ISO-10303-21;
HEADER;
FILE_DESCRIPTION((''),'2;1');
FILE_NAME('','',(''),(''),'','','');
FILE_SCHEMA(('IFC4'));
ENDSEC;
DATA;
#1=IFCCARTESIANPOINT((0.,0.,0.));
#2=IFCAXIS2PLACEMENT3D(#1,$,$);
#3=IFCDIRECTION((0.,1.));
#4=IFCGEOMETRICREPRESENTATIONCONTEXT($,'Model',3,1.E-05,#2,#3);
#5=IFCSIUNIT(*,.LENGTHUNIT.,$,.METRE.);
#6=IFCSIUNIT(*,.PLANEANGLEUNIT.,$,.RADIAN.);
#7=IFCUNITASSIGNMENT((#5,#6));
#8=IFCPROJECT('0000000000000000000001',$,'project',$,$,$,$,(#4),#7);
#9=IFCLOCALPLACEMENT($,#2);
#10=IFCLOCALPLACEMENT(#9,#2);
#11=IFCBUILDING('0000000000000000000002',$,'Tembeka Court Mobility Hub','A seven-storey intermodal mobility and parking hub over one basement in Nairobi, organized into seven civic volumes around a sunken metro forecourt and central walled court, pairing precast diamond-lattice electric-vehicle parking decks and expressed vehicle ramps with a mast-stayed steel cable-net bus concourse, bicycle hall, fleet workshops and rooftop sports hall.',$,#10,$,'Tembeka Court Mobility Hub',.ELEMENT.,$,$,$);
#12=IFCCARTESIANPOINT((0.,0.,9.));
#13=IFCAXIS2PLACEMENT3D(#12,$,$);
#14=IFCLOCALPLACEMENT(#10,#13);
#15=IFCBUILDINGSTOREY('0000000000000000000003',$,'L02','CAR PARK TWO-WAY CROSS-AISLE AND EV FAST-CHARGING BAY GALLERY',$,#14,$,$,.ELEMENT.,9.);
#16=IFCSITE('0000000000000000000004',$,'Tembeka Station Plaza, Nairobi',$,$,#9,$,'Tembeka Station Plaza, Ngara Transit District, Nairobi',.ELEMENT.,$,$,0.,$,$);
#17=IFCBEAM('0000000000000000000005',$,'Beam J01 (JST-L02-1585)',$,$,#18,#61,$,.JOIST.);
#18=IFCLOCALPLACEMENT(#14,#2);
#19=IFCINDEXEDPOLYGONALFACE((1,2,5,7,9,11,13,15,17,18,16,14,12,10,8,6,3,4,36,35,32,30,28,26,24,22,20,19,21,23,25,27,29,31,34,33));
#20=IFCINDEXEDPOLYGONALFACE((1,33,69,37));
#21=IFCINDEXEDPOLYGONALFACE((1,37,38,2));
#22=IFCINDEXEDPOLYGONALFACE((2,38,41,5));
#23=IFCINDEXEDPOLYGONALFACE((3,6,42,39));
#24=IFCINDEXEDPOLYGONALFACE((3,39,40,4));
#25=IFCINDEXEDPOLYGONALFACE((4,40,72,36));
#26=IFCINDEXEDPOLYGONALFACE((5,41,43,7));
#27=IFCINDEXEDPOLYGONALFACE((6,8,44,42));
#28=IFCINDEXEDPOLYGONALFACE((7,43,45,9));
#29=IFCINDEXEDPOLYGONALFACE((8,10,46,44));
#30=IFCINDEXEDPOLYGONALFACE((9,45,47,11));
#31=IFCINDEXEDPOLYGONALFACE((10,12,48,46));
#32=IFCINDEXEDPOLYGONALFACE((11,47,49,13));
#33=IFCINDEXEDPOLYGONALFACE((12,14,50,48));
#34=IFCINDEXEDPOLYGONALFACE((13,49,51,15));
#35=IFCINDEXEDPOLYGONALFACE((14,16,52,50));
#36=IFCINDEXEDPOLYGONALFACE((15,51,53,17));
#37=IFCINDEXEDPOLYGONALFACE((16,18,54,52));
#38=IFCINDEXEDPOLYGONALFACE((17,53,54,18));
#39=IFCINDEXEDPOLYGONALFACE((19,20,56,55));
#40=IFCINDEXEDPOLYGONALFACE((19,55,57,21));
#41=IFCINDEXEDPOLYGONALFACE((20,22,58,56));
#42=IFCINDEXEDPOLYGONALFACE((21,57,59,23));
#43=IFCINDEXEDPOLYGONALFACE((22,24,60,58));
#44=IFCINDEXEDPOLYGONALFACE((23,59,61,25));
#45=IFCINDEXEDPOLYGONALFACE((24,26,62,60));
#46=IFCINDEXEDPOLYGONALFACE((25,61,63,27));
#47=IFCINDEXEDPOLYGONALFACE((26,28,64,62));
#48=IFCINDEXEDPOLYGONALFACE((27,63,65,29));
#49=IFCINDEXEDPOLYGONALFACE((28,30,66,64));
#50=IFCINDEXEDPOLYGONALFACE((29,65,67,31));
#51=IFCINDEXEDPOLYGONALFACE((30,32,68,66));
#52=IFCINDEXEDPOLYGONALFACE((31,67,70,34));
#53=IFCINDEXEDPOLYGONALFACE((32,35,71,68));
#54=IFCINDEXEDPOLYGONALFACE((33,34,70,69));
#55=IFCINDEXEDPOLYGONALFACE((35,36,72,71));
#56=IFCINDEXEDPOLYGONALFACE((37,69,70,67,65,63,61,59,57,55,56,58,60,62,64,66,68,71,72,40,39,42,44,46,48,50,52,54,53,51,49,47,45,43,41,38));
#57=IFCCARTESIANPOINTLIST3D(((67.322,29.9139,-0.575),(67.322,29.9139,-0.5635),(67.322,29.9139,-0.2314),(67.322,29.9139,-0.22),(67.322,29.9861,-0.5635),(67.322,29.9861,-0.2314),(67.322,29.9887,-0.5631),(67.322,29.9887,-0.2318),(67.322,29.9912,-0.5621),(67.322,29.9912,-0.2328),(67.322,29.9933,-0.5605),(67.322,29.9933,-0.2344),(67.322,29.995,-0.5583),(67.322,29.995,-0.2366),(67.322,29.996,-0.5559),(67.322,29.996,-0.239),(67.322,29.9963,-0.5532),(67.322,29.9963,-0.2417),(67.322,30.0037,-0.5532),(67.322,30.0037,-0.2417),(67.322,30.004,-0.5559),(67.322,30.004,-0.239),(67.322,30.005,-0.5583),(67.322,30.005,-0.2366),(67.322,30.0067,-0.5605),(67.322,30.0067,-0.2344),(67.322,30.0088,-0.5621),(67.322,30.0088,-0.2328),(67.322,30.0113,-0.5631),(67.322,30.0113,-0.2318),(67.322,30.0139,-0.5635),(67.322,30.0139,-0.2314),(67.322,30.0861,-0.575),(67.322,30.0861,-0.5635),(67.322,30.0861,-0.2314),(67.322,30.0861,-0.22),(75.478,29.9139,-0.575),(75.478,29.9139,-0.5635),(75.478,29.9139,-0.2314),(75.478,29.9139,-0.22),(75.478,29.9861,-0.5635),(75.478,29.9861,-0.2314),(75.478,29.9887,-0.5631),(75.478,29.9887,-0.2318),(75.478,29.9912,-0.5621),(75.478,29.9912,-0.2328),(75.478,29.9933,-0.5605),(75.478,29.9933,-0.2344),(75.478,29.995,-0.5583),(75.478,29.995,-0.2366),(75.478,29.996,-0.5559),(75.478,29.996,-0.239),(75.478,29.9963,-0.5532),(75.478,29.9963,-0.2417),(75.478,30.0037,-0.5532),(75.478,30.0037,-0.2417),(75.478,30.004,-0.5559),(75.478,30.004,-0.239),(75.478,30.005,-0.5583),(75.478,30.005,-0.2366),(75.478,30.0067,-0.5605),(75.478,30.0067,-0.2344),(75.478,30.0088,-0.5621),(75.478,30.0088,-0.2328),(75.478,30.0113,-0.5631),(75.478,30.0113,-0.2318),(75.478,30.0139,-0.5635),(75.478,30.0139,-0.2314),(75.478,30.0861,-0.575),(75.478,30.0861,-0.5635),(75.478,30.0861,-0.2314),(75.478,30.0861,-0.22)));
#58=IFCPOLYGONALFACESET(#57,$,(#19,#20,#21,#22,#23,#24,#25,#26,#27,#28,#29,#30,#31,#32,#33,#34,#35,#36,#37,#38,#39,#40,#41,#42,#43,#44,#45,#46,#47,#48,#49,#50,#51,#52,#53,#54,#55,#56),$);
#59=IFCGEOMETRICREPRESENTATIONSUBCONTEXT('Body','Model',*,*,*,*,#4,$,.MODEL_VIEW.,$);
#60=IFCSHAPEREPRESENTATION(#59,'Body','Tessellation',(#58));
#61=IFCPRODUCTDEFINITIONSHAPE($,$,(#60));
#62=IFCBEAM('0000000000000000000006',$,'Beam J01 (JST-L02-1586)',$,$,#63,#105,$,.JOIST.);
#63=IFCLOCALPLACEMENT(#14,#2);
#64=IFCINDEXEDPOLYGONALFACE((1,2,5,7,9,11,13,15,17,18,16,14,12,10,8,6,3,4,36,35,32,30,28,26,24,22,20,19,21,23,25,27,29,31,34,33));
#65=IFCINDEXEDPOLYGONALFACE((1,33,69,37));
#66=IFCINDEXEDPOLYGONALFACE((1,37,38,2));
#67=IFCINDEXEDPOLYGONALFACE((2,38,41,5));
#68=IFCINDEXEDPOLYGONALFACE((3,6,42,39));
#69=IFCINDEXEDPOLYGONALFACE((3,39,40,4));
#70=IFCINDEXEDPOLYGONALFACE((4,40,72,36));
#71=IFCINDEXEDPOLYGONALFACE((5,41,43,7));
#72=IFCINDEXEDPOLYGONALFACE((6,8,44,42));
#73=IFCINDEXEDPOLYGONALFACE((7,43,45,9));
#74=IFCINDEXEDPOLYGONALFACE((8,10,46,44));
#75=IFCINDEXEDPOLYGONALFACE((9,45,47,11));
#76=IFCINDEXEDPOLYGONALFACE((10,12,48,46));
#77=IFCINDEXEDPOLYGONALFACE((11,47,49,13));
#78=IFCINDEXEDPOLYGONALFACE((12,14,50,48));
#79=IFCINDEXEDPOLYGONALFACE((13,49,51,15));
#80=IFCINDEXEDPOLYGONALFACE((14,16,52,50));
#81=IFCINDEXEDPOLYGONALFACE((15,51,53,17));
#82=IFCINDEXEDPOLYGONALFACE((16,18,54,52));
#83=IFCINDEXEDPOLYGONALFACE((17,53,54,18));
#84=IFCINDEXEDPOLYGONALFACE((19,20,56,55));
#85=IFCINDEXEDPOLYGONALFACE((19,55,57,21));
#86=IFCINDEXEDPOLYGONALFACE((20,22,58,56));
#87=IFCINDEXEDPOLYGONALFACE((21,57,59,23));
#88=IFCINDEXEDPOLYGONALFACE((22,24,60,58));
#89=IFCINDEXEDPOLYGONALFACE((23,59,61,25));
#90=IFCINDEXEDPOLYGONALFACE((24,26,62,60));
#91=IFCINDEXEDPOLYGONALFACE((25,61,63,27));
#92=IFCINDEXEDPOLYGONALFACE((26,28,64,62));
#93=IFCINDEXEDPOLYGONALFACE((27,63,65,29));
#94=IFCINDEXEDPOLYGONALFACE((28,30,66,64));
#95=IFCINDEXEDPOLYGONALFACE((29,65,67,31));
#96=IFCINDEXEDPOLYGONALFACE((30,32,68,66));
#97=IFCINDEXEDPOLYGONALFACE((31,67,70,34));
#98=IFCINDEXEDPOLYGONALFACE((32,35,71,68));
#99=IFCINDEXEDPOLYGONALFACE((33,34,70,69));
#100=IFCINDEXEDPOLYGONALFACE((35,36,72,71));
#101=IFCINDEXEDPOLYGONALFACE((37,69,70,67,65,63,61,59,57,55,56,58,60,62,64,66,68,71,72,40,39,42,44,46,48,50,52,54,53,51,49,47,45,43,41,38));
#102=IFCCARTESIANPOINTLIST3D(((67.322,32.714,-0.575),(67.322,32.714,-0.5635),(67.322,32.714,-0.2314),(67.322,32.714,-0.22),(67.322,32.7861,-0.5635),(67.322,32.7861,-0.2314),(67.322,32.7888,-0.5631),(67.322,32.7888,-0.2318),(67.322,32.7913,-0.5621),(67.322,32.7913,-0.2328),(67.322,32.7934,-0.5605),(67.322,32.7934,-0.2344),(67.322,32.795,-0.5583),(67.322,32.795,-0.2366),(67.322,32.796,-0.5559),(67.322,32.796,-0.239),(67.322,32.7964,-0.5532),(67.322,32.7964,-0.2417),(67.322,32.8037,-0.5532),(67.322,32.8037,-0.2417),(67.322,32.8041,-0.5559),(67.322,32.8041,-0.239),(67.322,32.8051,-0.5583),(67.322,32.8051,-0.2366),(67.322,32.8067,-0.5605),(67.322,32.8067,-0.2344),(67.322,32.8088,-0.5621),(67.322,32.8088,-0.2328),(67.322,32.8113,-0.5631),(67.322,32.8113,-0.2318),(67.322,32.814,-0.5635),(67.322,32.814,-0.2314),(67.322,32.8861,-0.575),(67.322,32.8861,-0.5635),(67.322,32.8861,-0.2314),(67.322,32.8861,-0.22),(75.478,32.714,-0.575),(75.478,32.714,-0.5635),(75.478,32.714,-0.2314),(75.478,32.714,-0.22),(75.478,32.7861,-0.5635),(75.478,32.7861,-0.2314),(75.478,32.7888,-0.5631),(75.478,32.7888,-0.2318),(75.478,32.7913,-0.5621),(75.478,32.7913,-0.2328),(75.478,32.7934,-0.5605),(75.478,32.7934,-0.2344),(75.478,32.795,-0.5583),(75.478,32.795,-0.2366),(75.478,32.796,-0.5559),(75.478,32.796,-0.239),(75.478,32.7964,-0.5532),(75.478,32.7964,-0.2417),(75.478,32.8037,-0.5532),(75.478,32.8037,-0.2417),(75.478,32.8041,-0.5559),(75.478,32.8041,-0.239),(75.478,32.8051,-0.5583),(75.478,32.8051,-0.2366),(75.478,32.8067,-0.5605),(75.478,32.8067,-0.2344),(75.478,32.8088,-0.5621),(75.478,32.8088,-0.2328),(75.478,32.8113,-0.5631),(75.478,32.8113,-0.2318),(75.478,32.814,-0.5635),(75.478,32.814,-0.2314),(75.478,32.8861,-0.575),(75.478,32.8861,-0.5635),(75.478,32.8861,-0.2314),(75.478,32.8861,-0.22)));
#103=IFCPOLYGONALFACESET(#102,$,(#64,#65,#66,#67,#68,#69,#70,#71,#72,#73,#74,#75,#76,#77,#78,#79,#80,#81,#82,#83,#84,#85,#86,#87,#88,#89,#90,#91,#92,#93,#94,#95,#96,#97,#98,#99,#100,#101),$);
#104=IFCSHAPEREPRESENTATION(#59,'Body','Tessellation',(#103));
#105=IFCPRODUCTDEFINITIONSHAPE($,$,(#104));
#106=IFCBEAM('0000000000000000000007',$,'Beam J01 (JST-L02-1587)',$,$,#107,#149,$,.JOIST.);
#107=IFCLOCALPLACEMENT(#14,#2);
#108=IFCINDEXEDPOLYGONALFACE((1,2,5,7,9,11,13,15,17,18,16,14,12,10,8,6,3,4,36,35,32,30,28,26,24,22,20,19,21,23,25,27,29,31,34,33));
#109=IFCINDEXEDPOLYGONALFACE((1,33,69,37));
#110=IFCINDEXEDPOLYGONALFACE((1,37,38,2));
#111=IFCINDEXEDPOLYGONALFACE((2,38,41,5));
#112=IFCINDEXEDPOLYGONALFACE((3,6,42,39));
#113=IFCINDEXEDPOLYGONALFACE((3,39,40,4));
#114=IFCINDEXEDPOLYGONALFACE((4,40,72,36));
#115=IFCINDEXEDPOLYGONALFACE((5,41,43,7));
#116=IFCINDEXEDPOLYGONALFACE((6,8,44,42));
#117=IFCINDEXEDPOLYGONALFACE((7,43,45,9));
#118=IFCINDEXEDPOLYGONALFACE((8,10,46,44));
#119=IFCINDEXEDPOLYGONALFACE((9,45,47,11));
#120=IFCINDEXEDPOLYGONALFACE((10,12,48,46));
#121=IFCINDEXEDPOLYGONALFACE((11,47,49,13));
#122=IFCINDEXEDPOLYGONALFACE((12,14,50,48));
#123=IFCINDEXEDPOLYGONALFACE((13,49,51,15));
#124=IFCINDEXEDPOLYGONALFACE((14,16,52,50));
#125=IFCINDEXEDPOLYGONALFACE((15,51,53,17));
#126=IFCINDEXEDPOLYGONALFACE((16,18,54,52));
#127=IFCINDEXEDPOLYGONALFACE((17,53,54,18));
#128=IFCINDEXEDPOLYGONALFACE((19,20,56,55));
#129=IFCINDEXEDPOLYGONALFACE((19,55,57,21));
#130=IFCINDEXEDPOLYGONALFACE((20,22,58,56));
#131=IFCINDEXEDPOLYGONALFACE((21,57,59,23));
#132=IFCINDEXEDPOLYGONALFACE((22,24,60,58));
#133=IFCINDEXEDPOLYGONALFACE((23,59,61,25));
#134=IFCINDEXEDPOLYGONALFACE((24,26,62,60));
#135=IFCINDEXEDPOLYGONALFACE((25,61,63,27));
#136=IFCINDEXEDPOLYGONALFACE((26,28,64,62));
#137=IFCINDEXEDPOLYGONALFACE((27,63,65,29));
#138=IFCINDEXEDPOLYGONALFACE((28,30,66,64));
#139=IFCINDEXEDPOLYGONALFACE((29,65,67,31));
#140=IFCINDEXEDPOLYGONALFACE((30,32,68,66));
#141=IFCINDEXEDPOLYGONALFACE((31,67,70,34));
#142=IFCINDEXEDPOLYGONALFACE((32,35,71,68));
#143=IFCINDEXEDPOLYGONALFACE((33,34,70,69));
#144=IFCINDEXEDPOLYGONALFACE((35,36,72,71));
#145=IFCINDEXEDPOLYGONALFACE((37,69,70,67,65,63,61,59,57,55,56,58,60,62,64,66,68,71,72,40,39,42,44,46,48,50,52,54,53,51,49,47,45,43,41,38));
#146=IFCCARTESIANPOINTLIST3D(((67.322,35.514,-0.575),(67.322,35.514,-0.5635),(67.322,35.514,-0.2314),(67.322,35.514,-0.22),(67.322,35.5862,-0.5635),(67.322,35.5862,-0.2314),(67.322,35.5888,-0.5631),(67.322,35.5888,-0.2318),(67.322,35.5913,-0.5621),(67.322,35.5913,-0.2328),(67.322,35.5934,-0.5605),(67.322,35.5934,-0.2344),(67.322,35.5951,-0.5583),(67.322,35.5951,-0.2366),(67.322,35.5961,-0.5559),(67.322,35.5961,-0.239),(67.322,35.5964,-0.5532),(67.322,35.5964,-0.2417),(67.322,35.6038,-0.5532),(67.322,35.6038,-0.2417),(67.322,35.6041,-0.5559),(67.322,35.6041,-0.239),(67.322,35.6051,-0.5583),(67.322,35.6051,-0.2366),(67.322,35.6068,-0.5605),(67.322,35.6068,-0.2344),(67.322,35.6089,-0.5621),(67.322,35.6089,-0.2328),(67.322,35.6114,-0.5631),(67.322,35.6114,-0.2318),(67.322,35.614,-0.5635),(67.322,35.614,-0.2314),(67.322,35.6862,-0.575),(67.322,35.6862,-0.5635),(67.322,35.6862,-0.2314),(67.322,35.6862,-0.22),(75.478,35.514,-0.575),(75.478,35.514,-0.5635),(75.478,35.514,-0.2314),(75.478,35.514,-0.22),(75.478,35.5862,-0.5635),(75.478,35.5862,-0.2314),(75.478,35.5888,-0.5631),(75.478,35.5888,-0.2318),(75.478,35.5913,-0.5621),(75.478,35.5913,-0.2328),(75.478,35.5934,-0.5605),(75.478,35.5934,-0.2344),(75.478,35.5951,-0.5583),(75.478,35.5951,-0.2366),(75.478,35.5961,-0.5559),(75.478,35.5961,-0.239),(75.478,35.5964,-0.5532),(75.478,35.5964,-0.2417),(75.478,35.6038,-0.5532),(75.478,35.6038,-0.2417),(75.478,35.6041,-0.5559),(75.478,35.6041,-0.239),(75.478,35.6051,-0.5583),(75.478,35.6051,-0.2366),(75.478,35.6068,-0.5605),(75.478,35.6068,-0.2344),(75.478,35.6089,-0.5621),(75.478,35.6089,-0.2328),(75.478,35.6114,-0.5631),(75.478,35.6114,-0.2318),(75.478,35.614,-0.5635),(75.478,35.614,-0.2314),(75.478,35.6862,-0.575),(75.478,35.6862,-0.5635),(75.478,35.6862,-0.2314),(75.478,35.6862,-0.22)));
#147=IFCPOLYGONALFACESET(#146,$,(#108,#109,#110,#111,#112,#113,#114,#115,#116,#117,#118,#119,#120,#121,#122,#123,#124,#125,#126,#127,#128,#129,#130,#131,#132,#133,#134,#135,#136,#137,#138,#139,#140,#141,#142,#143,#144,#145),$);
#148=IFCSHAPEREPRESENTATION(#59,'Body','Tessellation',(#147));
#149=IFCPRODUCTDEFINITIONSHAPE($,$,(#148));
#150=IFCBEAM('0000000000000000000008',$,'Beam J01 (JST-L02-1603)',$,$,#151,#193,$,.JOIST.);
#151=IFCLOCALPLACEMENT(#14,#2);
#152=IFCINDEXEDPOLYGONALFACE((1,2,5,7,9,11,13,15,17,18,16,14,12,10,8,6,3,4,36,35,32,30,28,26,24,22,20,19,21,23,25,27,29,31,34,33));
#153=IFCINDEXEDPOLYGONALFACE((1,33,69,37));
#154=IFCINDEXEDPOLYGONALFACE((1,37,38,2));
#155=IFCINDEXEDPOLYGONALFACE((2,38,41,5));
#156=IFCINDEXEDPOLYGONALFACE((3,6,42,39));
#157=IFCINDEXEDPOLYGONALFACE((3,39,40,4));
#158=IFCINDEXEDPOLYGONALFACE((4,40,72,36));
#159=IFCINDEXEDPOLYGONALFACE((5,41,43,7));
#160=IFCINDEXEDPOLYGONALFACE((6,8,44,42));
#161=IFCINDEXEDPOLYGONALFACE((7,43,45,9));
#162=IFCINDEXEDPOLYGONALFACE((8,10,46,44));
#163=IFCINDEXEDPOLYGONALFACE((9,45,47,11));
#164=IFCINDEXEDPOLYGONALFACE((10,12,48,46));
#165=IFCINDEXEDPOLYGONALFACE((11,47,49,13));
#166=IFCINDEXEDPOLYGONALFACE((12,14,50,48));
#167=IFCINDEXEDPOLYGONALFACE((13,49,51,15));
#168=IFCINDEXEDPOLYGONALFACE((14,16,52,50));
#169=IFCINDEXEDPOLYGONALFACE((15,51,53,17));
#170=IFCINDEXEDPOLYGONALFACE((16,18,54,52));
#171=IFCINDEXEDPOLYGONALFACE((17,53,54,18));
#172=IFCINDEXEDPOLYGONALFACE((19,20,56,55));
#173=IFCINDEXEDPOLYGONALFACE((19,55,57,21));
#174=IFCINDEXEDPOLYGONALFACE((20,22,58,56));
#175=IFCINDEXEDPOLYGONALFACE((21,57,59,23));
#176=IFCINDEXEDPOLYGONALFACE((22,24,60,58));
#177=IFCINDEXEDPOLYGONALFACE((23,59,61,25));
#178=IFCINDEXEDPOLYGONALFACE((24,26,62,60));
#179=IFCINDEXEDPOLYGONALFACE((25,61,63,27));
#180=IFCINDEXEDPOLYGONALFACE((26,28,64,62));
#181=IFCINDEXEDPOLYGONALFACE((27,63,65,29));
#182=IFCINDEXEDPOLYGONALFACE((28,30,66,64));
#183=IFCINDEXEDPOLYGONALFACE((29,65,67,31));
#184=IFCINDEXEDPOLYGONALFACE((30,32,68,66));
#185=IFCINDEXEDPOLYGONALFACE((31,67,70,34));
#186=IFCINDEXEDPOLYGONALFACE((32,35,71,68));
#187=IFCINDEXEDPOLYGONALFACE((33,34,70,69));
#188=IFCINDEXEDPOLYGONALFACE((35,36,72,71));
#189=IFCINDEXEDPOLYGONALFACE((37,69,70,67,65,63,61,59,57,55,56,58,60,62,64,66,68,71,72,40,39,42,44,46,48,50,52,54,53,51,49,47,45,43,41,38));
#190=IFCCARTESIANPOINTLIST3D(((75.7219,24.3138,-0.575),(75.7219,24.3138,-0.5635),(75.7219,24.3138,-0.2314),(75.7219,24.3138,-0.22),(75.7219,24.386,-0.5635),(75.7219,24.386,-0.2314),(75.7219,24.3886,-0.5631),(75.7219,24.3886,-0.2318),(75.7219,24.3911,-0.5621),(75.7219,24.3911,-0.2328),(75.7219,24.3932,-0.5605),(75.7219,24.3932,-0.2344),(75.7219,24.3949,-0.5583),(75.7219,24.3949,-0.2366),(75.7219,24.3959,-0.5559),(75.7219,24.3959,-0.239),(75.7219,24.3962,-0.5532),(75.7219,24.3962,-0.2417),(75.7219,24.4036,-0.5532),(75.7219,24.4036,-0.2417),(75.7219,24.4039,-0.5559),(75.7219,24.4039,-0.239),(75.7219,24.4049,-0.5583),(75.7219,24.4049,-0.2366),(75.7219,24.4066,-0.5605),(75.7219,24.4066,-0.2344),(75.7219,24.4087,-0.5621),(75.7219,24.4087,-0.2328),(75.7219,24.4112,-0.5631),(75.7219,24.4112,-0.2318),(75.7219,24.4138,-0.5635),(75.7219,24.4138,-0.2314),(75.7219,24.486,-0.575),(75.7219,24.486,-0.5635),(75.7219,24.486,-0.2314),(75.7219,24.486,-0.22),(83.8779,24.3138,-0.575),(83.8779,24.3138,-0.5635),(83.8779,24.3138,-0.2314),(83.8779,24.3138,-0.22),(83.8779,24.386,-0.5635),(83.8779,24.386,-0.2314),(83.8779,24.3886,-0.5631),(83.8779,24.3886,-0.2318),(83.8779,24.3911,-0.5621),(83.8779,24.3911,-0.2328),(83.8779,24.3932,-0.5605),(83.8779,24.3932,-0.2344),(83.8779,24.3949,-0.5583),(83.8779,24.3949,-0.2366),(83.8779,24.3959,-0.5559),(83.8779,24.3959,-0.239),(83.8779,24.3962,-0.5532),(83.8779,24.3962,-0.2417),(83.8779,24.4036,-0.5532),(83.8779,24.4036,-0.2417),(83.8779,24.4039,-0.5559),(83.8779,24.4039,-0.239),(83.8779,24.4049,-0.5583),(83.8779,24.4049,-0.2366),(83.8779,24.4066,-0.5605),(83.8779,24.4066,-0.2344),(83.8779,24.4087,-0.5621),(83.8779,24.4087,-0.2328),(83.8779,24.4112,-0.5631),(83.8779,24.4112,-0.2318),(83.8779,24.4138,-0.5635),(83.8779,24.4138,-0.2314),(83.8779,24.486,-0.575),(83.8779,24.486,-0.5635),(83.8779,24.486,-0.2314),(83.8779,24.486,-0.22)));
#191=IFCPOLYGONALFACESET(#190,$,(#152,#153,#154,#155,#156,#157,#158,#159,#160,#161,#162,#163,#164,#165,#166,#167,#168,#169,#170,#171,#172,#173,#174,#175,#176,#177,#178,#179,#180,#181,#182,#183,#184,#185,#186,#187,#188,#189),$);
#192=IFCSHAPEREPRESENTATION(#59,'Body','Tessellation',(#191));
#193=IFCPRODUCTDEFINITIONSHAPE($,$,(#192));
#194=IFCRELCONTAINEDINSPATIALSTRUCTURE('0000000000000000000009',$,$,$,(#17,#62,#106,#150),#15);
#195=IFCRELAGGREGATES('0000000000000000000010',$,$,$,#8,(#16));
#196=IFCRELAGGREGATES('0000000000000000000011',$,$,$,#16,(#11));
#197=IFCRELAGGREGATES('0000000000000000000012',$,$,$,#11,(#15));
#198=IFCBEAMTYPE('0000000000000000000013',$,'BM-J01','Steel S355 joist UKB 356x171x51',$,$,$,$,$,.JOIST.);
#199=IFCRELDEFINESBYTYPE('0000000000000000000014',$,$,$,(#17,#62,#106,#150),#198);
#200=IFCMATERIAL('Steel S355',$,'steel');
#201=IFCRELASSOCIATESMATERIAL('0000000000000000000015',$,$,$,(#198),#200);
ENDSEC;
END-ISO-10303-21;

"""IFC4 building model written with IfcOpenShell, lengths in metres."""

from ifc_helpers import new_model, si_unit, direction, frame, origin, origin_2d, place, context, subcontext, project, spatial, i_section, extrude, material, material_profile, profile_set, type_object, element, save


model = new_model("IFC4")

# Units and contexts
model_context = context("Model", 3, precision=1e-05, world=origin(), true_north=direction((0.0, 1.0)))
body_context = subcontext(model_context, "Body", "Model", "MODEL_VIEW")
ifc_project = project(units=[si_unit("LENGTHUNIT", "METRE"), si_unit("PLANEANGLEUNIT", "RADIAN")], contexts=[model_context])

# Site, building, storey
site_placement = place(None, origin())
site = spatial("IfcSite", under=ifc_project, at=site_placement, Name="Tembeka Station Plaza, Nairobi", LongName="Tembeka Station Plaza, Ngara Transit District, Nairobi", CompositionType="ELEMENT", RefElevation=0.0)
building_placement = place(site_placement, origin())
building = spatial("IfcBuilding", under=site, at=building_placement, Name="Tembeka Court Mobility Hub", Description="A seven-storey intermodal mobility and parking hub over one basement in Nairobi, organized into seven civic volumes around a sunken metro forecourt and central walled court, pairing precast diamond-lattice electric-vehicle parking decks and expressed vehicle ramps with a mast-stayed steel cable-net bus concourse, bicycle hall, fleet workshops and rooftop sports hall.", LongName="Tembeka Court Mobility Hub", CompositionType="ELEMENT")
storey_placement = place(building_placement, frame((0.0, 0.0, 9.0)))
storey = spatial("IfcBuildingStorey", under=building, at=storey_placement, Name="L02", Description="CAR PARK TWO-WAY CROSS-AISLE AND EV FAST-CHARGING BAY GALLERY", CompositionType="ELEMENT", Elevation=9.0)

# Shared definitions
ifc_material_1 = material(Name="Steel S355", Category="steel")

# Beams
ifc_material_profile_1 = material_profile(ifc_material_1, i_section(OverallWidth=0.1721, OverallDepth=0.355, WebThickness=0.0073, FlangeThickness=0.0115, FilletRadius=0.0103, at=origin_2d()), Name="UKB 356x171x51")
ifc_profile_set_1 = profile_set([ifc_material_profile_1], Name="Steel S355")
beam_type_1 = type_object("IfcBeamType", Name="BM-J01", Description="Steel S355 joist UKB 356x171x51", PredefinedType="JOIST", material=ifc_profile_set_1)
for number, where, z_axis, x_axis, name in (
    (1, (67.322, 30.0, -0.3975), (1.0, 0.0, 0.0), (0.0, 1.0, 0.0), "Beam J01 (JST-L02-1585)"),
    (2, (67.322, 32.8, -0.3975), (1.0, 0.0, 0.0), (0.0, 1.0, 0.0), "Beam J01 (JST-L02-1586)"),
    (3, (67.322, 35.6001, -0.3975), (1.0, 0.0, 0.0), (0.0, 1.0, 0.0), "Beam J01 (JST-L02-1587)"),
    (4, (75.7219, 24.3999, -0.3975), (1.0, 0.0, 0.0), (0.0, 1.0, 0.0), "Beam J01 (JST-L02-1603)"),
):
    element("IfcBeam", number, at=place(storey_placement, frame(where, z_axis=z_axis, x_axis=x_axis)), inside=storey, type_object=beam_type_1, Name=name, PredefinedType="JOIST", context=body_context, shape_type="SweptSolid", body=[
        extrude(i_section(OverallWidth=0.1721, OverallDepth=0.355, WebThickness=0.0073, FlangeThickness=0.0115, FilletRadius=0.0103, at=origin_2d()), origin(), (0.0, 0.0, 1.0), 8.156),
    ])

save(model, "model.ifc")
